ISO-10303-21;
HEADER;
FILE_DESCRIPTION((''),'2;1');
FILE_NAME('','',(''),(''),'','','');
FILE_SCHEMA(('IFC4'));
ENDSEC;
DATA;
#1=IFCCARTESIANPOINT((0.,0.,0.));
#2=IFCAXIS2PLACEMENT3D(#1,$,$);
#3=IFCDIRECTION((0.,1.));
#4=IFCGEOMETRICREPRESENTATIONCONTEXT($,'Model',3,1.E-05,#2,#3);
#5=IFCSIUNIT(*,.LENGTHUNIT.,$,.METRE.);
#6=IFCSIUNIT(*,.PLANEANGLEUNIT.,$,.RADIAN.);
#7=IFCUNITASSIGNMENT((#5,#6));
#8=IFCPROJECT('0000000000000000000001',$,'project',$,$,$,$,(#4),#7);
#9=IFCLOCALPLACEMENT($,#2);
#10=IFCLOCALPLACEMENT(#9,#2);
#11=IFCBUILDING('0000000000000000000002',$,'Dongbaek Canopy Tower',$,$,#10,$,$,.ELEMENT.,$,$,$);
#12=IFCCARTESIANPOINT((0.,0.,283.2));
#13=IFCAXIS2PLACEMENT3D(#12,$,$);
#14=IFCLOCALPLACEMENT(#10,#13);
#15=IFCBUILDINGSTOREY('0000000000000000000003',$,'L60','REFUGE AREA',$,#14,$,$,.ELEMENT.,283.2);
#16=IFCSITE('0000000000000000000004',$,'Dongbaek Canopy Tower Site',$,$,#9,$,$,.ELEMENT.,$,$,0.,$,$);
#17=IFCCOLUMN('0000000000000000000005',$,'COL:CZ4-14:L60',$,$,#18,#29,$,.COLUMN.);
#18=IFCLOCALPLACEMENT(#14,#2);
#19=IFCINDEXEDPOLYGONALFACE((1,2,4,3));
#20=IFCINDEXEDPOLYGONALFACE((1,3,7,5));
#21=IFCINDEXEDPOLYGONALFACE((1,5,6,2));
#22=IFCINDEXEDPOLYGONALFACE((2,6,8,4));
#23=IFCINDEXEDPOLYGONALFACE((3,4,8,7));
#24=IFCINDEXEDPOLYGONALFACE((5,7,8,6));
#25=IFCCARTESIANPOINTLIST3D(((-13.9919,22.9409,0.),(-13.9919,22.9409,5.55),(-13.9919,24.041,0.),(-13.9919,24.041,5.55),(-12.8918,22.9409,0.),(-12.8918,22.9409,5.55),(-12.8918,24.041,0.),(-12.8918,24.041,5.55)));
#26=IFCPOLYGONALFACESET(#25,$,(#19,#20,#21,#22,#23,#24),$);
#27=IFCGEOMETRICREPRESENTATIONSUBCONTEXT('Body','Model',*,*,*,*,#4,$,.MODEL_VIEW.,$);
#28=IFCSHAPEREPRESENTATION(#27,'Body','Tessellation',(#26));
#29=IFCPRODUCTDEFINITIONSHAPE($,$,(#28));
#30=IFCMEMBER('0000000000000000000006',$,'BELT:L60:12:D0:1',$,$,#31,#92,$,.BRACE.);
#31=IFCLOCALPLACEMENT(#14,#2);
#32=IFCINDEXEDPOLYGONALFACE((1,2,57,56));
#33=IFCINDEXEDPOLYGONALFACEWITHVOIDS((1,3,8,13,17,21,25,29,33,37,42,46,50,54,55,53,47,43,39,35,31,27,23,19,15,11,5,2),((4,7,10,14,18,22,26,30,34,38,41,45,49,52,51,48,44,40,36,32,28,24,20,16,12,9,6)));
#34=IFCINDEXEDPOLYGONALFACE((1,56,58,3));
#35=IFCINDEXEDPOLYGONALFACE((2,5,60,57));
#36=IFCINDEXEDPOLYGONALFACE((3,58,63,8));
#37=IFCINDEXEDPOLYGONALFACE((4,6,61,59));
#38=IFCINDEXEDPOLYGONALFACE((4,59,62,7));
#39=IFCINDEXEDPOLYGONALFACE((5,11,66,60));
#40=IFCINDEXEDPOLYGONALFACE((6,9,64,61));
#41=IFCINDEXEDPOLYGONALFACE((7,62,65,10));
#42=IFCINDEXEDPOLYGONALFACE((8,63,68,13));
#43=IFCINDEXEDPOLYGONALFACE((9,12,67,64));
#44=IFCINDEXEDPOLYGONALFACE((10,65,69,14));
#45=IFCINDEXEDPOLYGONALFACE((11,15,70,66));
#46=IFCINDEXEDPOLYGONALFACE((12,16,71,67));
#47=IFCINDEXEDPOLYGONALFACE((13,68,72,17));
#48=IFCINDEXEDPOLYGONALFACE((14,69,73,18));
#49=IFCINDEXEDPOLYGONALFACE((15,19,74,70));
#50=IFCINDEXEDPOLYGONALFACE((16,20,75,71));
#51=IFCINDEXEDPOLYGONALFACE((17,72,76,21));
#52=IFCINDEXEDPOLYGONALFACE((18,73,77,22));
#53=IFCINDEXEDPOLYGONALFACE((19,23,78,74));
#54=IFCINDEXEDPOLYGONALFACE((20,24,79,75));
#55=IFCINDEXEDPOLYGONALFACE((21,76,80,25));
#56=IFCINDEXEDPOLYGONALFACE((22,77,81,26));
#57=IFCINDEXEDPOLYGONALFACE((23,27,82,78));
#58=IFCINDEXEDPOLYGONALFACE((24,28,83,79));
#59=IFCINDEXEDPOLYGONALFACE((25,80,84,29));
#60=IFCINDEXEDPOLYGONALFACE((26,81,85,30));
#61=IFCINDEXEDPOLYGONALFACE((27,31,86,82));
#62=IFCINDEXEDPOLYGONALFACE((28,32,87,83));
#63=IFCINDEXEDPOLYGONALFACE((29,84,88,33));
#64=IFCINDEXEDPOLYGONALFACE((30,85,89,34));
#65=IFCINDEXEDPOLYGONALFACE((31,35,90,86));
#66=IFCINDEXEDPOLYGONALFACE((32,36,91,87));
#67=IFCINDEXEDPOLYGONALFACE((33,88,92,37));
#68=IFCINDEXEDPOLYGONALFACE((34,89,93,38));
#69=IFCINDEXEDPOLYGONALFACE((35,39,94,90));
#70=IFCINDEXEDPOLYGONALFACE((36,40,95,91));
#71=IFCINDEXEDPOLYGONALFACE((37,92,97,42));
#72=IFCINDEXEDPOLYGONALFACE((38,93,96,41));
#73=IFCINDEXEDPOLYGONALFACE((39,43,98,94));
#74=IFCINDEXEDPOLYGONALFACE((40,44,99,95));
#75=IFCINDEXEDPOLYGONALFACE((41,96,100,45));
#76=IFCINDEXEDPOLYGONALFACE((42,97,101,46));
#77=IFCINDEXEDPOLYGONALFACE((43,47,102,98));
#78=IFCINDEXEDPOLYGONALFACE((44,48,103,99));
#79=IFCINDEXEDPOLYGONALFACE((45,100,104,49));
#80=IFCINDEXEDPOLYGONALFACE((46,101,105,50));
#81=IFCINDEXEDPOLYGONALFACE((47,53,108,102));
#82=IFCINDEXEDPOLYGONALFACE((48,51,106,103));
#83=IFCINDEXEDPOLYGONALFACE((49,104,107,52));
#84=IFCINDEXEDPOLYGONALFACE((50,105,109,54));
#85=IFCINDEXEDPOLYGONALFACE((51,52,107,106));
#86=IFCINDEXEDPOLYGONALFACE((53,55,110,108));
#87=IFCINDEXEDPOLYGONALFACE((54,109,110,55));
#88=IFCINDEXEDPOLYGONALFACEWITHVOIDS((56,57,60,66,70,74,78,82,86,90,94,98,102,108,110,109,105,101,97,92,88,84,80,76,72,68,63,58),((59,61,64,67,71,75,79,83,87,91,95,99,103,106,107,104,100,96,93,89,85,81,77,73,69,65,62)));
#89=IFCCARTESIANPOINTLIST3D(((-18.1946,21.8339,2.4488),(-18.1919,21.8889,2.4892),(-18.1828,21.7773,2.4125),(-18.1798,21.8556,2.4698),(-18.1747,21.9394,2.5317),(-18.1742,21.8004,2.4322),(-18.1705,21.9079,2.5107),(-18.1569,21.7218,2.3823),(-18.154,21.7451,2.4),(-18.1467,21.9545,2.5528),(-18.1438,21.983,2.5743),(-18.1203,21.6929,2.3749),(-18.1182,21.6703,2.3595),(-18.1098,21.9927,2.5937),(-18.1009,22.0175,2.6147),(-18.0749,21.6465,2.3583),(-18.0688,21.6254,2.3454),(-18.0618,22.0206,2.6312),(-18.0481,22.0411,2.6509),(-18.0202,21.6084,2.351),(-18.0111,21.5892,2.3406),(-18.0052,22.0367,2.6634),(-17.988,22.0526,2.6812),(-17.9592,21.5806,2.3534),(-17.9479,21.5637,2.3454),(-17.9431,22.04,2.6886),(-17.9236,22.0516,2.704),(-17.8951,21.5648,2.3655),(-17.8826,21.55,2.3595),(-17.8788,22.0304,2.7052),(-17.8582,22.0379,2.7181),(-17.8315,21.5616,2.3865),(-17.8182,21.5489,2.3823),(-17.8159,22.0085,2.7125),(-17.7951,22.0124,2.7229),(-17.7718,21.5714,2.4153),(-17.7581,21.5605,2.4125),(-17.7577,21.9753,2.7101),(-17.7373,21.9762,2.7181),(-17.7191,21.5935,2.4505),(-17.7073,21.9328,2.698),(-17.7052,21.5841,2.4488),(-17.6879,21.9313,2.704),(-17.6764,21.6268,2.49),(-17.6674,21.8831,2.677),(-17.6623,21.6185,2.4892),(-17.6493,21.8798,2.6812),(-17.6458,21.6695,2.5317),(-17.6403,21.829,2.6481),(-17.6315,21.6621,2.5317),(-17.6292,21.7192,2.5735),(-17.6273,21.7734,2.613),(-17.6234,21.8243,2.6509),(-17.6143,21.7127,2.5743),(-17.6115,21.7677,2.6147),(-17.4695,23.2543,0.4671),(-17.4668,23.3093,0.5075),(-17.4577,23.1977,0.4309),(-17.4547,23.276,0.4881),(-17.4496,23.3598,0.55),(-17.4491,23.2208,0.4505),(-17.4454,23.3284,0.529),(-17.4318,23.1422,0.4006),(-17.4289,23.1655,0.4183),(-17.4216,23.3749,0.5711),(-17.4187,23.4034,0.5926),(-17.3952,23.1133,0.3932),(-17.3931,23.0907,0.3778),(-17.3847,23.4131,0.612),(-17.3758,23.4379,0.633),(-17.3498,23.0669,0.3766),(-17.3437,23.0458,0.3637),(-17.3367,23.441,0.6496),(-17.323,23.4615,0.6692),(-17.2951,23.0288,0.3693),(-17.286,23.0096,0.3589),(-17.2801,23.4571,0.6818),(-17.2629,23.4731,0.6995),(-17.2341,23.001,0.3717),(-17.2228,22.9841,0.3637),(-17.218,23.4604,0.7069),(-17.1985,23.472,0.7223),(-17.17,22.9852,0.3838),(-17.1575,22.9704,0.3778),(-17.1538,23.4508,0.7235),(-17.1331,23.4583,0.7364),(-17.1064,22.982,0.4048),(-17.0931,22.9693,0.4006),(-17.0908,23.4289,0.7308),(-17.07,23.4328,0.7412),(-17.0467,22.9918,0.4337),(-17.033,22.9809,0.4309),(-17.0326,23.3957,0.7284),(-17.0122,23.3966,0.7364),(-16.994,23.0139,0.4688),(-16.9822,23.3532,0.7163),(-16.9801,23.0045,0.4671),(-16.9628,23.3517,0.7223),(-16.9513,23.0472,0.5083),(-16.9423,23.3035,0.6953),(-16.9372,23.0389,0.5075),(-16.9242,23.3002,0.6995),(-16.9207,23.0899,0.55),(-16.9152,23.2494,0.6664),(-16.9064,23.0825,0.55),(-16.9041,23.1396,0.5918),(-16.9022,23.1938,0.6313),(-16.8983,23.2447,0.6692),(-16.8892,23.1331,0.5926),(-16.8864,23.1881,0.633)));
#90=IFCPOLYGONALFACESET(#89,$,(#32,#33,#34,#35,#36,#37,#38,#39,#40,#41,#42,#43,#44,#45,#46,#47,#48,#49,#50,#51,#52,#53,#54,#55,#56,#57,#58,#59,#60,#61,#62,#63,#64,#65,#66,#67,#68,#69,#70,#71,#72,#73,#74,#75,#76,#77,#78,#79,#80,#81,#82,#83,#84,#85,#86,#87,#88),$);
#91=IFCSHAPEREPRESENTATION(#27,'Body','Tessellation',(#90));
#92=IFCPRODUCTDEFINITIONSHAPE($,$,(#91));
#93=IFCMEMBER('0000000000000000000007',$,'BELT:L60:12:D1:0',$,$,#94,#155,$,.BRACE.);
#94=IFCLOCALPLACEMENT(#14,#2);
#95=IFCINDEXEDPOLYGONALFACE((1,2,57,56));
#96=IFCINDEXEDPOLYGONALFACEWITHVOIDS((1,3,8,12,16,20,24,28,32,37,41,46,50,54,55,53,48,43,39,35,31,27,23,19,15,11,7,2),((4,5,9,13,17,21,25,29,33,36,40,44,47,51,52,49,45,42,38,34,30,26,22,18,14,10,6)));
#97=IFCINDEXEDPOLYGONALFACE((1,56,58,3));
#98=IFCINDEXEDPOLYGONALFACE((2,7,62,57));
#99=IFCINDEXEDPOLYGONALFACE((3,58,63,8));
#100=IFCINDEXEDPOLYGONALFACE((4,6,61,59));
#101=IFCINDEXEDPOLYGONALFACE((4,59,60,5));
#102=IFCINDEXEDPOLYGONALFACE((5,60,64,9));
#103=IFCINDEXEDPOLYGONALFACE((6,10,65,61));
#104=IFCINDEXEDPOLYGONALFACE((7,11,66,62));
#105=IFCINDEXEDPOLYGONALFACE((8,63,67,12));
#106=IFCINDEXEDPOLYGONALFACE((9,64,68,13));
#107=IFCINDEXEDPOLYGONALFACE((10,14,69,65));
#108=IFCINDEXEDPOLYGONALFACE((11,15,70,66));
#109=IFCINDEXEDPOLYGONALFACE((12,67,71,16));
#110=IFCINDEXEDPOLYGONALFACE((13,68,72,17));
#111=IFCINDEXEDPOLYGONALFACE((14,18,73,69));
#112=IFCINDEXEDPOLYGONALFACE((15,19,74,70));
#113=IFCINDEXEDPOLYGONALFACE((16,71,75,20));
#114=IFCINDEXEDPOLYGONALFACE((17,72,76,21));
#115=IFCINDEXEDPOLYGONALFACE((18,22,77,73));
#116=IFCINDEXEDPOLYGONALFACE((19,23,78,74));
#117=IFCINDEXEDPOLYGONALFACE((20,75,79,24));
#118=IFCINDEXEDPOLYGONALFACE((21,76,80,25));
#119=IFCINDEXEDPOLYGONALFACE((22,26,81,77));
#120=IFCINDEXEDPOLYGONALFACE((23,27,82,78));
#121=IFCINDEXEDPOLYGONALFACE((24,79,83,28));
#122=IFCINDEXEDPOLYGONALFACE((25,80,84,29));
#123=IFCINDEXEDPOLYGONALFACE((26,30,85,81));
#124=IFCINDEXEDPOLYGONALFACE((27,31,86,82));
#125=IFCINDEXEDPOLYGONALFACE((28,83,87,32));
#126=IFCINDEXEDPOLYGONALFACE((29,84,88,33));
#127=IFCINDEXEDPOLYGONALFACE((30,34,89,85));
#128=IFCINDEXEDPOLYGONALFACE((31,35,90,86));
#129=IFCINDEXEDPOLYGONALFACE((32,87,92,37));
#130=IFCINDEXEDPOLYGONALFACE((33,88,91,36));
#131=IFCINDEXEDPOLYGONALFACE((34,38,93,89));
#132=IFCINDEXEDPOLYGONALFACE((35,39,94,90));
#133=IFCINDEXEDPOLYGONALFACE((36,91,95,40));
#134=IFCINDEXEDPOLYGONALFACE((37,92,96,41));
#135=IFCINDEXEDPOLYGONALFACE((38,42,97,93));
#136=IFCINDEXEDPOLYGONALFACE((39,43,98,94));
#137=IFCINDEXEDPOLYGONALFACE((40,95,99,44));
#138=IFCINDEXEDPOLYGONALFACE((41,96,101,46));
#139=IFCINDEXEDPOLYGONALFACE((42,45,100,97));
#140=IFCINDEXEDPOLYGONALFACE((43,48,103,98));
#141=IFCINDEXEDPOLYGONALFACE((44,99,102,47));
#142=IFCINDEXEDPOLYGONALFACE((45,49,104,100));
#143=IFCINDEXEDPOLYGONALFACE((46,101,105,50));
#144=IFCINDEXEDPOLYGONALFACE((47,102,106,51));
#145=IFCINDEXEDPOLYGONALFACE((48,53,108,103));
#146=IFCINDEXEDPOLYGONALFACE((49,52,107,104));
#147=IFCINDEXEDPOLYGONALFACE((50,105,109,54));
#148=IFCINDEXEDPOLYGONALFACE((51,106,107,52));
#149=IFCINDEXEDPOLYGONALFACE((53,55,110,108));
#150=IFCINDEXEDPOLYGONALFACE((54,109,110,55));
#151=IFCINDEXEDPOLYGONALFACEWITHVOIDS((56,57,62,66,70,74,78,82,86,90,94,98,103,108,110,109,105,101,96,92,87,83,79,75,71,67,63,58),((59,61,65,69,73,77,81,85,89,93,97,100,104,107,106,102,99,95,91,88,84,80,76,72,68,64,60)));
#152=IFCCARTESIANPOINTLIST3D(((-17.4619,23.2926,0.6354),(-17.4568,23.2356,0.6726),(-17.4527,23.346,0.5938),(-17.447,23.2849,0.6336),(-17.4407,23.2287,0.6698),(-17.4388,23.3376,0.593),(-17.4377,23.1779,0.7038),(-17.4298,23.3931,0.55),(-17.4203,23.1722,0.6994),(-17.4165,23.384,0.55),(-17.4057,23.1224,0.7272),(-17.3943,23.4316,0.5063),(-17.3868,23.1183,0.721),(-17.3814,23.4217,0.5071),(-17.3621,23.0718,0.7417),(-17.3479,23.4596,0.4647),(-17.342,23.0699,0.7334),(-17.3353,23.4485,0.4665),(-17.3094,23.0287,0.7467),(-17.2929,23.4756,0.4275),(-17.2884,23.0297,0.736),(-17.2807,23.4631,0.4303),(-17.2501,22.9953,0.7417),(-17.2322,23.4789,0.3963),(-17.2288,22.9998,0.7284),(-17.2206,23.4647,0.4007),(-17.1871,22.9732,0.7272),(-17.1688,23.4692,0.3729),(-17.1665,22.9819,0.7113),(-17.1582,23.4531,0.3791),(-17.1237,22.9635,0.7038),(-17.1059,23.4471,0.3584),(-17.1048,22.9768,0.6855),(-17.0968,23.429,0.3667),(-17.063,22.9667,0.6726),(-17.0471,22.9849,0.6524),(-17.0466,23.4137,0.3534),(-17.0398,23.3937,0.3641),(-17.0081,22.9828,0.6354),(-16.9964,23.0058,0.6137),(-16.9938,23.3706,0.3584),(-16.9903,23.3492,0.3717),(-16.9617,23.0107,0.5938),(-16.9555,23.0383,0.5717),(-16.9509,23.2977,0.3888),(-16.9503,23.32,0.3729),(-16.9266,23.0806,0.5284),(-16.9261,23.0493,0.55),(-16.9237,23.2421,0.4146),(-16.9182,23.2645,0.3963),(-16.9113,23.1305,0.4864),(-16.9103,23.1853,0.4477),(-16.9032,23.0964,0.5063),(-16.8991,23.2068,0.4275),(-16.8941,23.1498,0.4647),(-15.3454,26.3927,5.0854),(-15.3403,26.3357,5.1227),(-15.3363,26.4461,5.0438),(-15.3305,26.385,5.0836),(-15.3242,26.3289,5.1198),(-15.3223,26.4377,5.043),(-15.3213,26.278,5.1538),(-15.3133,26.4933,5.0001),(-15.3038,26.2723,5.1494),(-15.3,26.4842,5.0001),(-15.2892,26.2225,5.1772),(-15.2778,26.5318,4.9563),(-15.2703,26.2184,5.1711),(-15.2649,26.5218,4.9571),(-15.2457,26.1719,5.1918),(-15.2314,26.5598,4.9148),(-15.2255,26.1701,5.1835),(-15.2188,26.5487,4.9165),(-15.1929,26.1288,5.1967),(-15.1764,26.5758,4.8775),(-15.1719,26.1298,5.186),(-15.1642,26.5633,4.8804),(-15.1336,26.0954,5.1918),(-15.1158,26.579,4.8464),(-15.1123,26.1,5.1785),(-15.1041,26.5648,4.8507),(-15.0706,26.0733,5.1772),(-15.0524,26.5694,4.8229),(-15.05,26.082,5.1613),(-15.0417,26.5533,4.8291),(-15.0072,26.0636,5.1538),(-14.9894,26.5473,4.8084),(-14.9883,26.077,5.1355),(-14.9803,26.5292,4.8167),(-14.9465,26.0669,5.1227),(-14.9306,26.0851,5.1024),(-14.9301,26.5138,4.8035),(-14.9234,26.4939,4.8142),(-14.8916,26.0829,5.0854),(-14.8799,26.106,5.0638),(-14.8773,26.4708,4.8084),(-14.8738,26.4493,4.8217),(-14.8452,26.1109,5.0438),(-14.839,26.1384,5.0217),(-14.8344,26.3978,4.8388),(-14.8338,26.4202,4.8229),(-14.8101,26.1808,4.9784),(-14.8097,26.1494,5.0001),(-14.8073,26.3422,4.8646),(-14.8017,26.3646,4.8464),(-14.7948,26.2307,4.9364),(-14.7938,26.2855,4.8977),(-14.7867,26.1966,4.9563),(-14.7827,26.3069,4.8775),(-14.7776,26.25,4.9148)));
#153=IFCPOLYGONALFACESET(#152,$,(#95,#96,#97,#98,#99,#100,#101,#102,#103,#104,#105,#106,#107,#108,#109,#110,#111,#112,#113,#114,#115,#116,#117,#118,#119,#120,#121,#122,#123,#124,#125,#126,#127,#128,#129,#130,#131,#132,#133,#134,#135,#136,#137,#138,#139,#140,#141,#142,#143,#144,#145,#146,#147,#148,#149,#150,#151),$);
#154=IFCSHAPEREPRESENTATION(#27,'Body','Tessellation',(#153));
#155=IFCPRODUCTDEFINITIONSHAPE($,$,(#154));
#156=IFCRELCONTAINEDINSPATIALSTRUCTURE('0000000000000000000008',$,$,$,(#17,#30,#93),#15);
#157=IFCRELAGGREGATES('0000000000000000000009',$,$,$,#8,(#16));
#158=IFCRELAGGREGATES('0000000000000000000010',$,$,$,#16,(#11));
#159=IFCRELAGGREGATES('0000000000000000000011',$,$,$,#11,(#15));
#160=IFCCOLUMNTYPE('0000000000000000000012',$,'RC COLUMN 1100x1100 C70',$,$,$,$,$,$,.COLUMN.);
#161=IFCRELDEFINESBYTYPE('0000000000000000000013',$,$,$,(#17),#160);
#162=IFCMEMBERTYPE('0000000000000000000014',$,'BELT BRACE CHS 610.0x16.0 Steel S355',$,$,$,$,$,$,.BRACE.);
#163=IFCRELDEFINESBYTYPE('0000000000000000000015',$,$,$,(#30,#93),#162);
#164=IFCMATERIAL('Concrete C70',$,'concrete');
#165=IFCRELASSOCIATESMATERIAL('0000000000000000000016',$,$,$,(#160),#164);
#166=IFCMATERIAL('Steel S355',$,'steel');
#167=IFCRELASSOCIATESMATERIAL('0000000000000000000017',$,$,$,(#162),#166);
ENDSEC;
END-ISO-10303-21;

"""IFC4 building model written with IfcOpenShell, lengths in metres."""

from ifc_helpers import new_model, si_unit, direction, frame, origin, origin_2d, place, context, subcontext, project, spatial, rectangle, hollow_circle, extrude, material, material_profile, profile_set, type_object, element, save


model = new_model("IFC4")

# Units and contexts
model_context = context("Model", 3, precision=1e-05, world=origin(), true_north=direction((0.0, 1.0)))
body_context = subcontext(model_context, "Body", "Model", "MODEL_VIEW")
ifc_project = project(units=[si_unit("LENGTHUNIT", "METRE"), si_unit("PLANEANGLEUNIT", "RADIAN")], contexts=[model_context])

# Site, building, storey
site_placement = place(None, origin())
site = spatial("IfcSite", under=ifc_project, at=site_placement, Name="Dongbaek Canopy Tower Site", CompositionType="ELEMENT", RefElevation=0.0)
building_placement = place(site_placement, origin())
building = spatial("IfcBuilding", under=site, at=building_placement, Name="Dongbaek Canopy Tower", CompositionType="ELEMENT")
storey_placement = place(building_placement, frame((0.0, 0.0, 283.2)))
storey = spatial("IfcBuildingStorey", under=building, at=storey_placement, Name="L60", Description="REFUGE AREA", CompositionType="ELEMENT", Elevation=283.2)

# Column
ifc_material_1 = material(Name="Concrete C70", Category="concrete")
ifc_material_profile_1 = material_profile(ifc_material_1, rectangle(XDim=1.1001, YDim=1.1001, at=origin_2d()), Name="RC COLUMN 1100x1100 C70")
ifc_profile_set_1 = profile_set([ifc_material_profile_1], Name="Concrete C70")
column_type = type_object("IfcColumnType", Name="RC COLUMN 1100x1100 C70", PredefinedType="COLUMN", material=ifc_profile_set_1)
column_placement = place(storey_placement, frame((-13.4419, 23.491, 0.0), z_axis=(0.0, 0.0, 1.0), x_axis=(1.0, 0.0, 0.0)))
element("IfcColumn", 1, at=column_placement, inside=storey, type_object=column_type, Name="COL:CZ4-14:L60", PredefinedType="COLUMN", context=body_context, shape_type="SweptSolid", body=[
    extrude(rectangle(XDim=1.1001, YDim=1.1001, at=origin_2d()), origin(), (0.0, 0.0, 1.0), 5.55),
])

# Members
ifc_material_2 = material(Name="Steel S355", Category="steel")
ifc_material_profile_2 = material_profile(ifc_material_2, hollow_circle(Radius=0.3049, WallThickness=0.0161, at=origin_2d()), Name="BELT BRACE CHS 610.0x16.0 Steel S355")
ifc_profile_set_2 = profile_set([ifc_material_profile_2], Name="Steel S355")
member_type_1 = type_object("IfcMemberType", Name="BELT BRACE CHS 610.0x16.0 Steel S355", PredefinedType="BRACE", material=ifc_profile_set_2)
member_1_placement = place(storey_placement, frame((-17.178, 23.2212, 0.55), z_axis=(-0.285056, -0.558403, 0.779057), x_axis=(0.890661, -0.454669, 0.0)))
element("IfcMember", 2, at=member_1_placement, inside=storey, type_object=member_type_1, Name="BELT:L60:12:D0:1", PredefinedType="BRACE", context=body_context, shape_type="SweptSolid", body=[
    extrude(hollow_circle(Radius=0.3049, WallThickness=0.0161, at=origin_2d()), origin(), (0.0, 0.0, 1.0), 2.5437),
])
member_2_placement = place(storey_placement, frame((-17.178, 23.2212, 0.55), z_axis=(0.363547, 0.532508, 0.764375), x_axis=(-0.825886, 0.563837, 0.0)))
element("IfcMember", 3, at=member_2_placement, inside=storey, type_object=member_type_1, Name="BELT:L60:12:D1:0", PredefinedType="BRACE", context=body_context, shape_type="SweptSolid", body=[
    extrude(hollow_circle(Radius=0.3049, WallThickness=0.0161, at=origin_2d()), origin(), (0.0, 0.0, 1.0), 5.8218),
])

save(model, "model.ifc")
